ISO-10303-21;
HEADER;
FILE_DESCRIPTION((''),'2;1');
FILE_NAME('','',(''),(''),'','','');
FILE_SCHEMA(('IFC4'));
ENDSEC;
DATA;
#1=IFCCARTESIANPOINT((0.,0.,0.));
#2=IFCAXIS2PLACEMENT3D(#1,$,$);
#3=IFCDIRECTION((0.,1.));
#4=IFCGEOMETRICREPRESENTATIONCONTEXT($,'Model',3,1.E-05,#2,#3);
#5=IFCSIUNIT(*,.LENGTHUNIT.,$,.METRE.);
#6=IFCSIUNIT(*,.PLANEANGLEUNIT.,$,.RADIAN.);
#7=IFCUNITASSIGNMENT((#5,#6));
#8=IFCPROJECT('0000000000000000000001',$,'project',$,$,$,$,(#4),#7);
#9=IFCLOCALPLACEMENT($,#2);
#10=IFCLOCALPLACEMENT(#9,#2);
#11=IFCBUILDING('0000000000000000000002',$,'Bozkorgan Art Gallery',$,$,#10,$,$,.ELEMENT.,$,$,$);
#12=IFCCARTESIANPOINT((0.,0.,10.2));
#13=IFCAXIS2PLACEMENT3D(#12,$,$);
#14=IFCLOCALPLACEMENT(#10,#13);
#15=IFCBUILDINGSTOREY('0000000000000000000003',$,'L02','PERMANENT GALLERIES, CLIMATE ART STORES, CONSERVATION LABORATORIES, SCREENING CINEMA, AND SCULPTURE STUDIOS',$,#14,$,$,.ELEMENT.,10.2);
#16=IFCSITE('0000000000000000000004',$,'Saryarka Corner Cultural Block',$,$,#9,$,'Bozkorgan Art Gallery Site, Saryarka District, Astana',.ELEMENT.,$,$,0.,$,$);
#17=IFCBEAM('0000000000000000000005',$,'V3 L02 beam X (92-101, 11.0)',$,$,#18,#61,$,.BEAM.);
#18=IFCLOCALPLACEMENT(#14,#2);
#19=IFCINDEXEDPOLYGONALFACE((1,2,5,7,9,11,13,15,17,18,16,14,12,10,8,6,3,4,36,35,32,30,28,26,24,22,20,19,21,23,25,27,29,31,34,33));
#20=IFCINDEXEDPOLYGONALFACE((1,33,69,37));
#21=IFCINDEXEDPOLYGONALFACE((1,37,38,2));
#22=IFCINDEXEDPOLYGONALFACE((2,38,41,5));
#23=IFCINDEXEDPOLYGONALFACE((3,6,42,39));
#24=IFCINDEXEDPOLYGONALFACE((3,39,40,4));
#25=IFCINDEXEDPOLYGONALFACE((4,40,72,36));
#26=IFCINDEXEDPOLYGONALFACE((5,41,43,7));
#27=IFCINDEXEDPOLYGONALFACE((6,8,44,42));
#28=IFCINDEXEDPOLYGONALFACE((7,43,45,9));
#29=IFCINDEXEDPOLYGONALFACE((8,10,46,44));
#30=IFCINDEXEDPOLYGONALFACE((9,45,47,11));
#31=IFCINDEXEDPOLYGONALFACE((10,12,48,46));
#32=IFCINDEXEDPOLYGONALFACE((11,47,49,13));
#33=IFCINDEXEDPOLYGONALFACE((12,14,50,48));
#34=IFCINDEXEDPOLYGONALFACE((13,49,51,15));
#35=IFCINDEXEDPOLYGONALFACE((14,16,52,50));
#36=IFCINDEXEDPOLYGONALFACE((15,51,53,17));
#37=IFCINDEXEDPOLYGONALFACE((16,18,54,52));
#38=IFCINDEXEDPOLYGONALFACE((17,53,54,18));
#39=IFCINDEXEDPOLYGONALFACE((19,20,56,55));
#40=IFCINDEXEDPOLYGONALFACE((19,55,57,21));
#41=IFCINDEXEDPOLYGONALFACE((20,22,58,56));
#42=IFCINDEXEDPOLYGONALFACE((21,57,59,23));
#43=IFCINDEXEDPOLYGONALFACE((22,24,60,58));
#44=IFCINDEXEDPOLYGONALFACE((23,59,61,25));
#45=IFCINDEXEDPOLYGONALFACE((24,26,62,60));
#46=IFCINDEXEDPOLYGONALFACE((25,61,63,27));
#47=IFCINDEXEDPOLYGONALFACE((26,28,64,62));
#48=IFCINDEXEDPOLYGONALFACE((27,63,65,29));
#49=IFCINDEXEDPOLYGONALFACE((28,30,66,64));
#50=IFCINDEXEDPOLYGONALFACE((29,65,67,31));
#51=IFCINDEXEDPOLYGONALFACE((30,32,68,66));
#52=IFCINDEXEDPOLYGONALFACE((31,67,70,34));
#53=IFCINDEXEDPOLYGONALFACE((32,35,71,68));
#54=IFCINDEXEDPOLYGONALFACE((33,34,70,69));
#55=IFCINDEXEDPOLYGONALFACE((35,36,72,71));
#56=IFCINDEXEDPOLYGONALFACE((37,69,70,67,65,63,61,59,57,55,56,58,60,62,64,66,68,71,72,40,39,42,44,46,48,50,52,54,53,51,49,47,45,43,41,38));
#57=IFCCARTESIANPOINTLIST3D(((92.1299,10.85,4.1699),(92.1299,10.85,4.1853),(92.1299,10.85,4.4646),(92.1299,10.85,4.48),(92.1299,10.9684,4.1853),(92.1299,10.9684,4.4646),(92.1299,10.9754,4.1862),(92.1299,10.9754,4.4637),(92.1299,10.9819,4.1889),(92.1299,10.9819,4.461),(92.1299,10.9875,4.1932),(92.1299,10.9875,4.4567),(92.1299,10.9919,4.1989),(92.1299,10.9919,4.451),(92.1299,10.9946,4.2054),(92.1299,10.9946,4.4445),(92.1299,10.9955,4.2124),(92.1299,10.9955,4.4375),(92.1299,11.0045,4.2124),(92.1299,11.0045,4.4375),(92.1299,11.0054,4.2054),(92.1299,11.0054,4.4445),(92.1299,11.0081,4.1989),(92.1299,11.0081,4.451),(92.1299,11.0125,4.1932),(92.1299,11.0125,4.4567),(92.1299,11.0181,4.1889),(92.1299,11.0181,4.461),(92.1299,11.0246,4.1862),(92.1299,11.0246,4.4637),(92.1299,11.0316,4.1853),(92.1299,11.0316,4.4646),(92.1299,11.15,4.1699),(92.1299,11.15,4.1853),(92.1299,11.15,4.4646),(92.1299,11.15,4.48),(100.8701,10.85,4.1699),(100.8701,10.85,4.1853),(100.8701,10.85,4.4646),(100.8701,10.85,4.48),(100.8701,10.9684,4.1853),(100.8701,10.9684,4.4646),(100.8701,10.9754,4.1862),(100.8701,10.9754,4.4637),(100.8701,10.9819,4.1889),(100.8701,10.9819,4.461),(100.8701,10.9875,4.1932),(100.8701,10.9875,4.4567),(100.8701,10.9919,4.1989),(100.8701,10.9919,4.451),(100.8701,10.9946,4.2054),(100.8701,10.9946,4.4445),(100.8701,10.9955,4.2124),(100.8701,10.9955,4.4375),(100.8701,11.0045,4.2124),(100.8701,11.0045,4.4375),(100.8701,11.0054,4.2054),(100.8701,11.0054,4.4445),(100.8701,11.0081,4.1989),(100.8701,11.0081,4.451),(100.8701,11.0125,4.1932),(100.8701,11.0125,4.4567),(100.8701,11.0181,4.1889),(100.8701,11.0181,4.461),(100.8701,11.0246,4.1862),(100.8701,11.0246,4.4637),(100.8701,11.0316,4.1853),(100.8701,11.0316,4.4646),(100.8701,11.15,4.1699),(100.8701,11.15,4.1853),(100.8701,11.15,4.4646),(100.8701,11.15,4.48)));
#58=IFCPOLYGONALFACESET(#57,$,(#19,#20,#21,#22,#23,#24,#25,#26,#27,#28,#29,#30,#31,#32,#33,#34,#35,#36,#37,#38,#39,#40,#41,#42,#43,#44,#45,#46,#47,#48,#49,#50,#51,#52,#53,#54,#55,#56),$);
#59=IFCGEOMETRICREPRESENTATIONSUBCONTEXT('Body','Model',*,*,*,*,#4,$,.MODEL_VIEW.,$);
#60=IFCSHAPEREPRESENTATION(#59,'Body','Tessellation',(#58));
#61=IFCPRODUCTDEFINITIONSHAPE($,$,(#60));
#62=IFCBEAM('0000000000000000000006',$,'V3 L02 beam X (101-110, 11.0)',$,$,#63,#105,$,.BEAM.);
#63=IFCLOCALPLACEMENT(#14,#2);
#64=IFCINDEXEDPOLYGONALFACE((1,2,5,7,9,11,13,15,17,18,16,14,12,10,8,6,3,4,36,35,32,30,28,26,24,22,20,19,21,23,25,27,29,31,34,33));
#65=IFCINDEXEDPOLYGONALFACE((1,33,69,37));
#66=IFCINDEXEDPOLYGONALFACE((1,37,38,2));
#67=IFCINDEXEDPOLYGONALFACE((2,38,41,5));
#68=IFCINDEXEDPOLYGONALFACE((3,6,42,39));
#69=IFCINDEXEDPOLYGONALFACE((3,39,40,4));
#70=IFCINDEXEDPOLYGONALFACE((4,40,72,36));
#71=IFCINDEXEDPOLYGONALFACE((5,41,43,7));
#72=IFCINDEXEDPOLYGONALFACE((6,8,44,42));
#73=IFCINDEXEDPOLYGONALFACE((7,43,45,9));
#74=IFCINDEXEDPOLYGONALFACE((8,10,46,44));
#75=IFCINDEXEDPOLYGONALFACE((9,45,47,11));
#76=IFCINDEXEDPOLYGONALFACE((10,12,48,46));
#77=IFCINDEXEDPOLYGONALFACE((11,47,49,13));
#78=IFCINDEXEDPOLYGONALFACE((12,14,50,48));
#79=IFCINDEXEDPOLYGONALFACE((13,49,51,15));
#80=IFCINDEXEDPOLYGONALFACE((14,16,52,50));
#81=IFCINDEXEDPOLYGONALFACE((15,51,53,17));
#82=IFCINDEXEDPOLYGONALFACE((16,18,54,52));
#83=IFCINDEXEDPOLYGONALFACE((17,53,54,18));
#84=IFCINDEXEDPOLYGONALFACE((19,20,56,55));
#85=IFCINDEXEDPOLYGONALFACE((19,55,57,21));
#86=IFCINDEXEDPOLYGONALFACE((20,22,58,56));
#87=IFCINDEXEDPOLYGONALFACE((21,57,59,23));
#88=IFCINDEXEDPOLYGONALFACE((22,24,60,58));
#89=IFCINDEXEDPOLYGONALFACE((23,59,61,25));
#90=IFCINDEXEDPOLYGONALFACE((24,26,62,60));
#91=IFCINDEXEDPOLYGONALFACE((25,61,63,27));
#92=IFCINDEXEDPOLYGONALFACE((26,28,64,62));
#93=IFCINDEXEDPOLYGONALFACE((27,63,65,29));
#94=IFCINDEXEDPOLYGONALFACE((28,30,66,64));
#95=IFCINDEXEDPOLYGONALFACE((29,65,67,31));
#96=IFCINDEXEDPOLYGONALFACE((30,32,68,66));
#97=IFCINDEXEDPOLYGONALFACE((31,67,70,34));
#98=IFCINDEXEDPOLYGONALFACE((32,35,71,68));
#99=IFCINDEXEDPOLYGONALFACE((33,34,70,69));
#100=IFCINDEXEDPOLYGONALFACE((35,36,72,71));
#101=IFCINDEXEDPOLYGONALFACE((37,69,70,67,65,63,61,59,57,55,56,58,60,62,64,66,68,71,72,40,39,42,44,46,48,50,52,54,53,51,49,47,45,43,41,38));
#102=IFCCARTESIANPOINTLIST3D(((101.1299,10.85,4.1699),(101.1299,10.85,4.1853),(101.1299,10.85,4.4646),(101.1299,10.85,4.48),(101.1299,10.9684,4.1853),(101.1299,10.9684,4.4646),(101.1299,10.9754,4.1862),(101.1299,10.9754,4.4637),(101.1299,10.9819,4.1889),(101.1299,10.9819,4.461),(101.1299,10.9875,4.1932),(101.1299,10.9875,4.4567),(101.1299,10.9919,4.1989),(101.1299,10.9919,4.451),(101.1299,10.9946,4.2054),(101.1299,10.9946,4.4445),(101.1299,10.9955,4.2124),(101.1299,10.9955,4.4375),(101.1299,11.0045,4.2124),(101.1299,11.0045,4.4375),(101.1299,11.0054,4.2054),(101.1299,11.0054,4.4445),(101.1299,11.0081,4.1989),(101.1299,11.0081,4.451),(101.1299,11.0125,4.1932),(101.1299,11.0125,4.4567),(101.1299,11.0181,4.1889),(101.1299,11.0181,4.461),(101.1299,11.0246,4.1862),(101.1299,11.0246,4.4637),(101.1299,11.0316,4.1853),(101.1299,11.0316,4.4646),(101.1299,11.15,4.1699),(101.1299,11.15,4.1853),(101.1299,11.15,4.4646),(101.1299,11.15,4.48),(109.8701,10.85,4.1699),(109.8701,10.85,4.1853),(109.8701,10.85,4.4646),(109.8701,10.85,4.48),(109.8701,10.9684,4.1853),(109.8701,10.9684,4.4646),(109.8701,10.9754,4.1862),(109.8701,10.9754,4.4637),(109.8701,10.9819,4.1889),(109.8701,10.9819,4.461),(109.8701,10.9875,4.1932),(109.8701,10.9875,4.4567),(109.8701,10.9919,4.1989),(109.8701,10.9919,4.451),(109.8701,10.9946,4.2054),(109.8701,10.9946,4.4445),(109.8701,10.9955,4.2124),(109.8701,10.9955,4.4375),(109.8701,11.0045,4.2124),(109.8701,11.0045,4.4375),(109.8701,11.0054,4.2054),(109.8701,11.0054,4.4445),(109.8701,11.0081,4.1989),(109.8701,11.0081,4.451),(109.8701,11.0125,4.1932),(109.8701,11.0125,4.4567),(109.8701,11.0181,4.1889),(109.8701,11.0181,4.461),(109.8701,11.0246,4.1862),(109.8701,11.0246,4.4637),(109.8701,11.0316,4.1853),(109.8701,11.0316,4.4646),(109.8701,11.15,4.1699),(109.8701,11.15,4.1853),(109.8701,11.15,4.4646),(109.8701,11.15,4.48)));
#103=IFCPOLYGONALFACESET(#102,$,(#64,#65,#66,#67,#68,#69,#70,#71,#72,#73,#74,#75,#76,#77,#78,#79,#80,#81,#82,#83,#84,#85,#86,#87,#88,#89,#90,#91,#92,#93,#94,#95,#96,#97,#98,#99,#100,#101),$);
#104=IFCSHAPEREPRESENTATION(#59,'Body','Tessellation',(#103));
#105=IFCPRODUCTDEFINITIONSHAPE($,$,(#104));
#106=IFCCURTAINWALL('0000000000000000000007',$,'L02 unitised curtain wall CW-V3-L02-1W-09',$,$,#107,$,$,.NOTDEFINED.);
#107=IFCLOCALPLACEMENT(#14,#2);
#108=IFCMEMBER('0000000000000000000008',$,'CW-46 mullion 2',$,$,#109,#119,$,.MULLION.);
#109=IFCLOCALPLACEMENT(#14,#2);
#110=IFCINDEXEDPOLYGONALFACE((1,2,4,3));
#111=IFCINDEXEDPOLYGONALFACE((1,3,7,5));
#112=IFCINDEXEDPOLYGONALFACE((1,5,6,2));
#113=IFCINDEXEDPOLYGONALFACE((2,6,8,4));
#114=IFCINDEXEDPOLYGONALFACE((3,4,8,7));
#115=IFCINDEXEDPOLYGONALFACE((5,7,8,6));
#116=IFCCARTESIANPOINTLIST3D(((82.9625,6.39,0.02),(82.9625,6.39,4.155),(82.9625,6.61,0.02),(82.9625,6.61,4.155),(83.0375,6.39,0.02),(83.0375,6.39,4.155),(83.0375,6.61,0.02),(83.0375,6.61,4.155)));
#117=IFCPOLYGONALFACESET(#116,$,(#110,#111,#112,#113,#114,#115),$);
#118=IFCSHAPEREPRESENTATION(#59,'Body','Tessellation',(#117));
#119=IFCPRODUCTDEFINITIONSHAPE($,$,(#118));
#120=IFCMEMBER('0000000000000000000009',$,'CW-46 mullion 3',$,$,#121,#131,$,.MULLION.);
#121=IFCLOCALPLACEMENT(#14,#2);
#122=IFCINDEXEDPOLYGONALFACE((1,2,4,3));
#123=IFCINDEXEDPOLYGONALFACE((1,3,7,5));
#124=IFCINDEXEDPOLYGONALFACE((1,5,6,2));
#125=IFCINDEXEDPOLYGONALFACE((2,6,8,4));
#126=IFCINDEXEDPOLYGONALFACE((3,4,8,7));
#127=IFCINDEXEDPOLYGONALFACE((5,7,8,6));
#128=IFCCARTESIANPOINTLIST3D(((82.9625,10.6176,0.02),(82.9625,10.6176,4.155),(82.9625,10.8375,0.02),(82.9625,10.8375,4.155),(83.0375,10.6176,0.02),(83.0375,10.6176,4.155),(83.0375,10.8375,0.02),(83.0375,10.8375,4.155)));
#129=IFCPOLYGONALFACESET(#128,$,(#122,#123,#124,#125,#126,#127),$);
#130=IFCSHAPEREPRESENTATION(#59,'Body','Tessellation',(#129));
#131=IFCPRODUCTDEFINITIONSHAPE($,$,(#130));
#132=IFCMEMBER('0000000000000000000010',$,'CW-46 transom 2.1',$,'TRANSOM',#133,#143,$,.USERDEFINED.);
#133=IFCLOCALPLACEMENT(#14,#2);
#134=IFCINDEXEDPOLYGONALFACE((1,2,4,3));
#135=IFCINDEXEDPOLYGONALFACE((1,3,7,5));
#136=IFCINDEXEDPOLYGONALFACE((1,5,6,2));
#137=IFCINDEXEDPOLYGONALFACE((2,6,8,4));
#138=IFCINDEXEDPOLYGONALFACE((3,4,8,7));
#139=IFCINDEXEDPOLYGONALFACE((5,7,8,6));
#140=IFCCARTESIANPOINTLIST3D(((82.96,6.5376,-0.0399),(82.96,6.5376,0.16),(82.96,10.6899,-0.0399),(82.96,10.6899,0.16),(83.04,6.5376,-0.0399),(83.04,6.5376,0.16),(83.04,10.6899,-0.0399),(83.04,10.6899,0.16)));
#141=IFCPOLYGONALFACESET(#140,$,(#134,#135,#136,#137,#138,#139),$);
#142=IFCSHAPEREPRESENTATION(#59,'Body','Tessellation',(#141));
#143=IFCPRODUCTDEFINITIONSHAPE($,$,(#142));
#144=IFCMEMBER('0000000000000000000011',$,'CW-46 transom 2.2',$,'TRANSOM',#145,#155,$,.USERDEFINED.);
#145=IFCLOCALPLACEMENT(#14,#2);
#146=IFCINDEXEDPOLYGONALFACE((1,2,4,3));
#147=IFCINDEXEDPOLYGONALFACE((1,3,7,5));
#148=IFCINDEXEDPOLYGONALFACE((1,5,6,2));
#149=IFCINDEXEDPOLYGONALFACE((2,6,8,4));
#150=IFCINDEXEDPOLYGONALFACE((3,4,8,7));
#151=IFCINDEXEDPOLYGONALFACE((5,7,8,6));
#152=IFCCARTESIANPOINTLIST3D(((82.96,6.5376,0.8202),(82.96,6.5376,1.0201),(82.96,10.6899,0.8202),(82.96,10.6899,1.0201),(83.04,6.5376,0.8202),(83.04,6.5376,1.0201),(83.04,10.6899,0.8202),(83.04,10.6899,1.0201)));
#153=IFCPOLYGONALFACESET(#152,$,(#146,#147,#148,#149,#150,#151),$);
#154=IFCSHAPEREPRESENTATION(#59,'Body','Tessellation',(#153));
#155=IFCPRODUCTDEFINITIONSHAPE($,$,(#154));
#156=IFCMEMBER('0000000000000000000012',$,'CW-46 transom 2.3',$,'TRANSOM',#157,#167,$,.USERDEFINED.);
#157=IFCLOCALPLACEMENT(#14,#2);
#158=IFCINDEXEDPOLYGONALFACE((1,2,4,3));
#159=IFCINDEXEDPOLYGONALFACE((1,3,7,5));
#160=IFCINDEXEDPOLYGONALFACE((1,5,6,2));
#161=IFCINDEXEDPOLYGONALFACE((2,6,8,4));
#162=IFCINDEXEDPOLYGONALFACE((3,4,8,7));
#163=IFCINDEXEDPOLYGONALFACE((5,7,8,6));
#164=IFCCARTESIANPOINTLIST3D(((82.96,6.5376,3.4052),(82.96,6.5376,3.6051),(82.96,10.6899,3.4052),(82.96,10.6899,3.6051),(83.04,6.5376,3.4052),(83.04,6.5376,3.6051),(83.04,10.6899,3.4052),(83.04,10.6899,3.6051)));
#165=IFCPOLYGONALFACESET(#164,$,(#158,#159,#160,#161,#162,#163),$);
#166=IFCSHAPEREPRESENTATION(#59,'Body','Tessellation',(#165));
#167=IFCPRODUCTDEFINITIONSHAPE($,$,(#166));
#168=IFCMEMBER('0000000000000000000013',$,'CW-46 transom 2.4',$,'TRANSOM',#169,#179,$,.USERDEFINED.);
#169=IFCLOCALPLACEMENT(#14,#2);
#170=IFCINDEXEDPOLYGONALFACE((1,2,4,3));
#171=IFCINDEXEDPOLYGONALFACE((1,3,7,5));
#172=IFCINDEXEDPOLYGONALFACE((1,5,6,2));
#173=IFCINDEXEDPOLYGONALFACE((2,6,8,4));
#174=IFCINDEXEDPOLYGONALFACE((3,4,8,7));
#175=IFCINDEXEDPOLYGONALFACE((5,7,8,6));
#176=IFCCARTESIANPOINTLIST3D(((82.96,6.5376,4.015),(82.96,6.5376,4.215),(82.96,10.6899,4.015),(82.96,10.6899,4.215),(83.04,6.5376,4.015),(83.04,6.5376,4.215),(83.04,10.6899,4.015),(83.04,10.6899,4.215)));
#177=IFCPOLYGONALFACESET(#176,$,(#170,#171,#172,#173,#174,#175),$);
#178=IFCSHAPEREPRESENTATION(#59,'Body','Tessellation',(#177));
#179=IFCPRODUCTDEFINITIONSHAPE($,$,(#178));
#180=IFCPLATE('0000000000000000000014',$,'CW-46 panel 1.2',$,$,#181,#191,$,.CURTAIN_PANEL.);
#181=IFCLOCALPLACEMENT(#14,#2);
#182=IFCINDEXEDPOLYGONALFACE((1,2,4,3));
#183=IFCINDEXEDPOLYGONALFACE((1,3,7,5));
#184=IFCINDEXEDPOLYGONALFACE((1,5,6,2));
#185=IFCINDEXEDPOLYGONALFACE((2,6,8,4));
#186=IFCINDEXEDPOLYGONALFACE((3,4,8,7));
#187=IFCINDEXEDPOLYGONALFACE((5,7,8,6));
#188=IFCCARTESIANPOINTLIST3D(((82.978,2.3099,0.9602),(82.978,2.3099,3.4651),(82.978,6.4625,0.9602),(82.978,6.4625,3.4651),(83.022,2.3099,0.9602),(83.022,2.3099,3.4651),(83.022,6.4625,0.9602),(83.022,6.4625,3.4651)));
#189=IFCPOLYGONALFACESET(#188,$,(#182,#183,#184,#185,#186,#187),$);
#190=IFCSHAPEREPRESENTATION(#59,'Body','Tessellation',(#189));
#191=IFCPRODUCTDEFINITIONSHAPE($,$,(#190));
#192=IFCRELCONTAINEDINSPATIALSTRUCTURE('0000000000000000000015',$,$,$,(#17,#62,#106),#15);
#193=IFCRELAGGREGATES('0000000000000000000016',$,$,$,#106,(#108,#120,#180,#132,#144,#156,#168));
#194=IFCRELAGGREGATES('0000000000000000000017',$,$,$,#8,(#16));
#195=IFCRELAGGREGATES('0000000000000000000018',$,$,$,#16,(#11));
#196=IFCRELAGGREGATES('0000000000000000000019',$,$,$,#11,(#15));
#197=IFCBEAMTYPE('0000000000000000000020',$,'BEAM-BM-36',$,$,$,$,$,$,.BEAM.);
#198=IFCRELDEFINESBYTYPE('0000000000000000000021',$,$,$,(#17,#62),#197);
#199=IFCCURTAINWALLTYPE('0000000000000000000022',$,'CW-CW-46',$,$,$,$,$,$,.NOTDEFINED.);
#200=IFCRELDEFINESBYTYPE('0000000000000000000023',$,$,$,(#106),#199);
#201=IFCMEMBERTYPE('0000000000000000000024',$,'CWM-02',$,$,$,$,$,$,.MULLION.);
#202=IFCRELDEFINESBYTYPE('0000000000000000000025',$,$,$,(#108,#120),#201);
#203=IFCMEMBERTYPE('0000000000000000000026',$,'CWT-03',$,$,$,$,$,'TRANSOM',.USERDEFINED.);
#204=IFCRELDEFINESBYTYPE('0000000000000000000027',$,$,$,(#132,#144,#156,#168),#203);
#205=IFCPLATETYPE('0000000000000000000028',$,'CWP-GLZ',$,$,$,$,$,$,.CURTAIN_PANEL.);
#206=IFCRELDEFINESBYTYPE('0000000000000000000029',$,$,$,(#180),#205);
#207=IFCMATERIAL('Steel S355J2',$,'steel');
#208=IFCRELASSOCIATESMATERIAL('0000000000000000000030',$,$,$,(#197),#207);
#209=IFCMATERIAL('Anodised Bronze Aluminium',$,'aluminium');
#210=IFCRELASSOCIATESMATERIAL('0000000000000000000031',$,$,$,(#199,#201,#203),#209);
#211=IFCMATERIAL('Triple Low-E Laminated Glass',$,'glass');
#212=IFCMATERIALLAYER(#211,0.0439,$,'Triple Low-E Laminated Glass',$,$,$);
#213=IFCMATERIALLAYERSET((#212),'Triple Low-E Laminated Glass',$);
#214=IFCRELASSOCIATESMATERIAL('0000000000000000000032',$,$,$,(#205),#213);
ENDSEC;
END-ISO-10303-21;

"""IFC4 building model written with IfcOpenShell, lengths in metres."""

from ifc_helpers import new_model, si_unit, direction, frame, origin, origin_2d, place, context, subcontext, project, spatial, rectangle, i_section, extrude, material, layer, layer_set, material_profile, profile_set, type_object, element, aggregate, save


model = new_model("IFC4")

# Units and contexts
model_context = context("Model", 3, precision=1e-05, world=origin(), true_north=direction((0.0, 1.0)))
body_context = subcontext(model_context, "Body", "Model", "MODEL_VIEW")
ifc_project = project(units=[si_unit("LENGTHUNIT", "METRE"), si_unit("PLANEANGLEUNIT", "RADIAN")], contexts=[model_context])

# Site, building, storey
site_placement = place(None, origin())
site = spatial("IfcSite", under=ifc_project, at=site_placement, Name="Saryarka Corner Cultural Block", LongName="Bozkorgan Art Gallery Site, Saryarka District, Astana", CompositionType="ELEMENT", RefElevation=0.0)
building_placement = place(site_placement, origin())
building = spatial("IfcBuilding", under=site, at=building_placement, Name="Bozkorgan Art Gallery", CompositionType="ELEMENT")
storey_placement = place(building_placement, frame((0.0, 0.0, 10.2)))
storey = spatial("IfcBuildingStorey", under=building, at=storey_placement, Name="L02", Description="PERMANENT GALLERIES, CLIMATE ART STORES, CONSERVATION LABORATORIES, SCREENING CINEMA, AND SCULPTURE STUDIOS", CompositionType="ELEMENT", Elevation=10.2)

# Shared definitions
ifc_material_1 = material(Name="Steel S355J2", Category="steel")

# Beams
ifc_material_profile_1 = material_profile(ifc_material_1, i_section(OverallWidth=0.3, OverallDepth=0.3101, WebThickness=0.009, FlangeThickness=0.0154, FilletRadius=0.0271, at=origin_2d()), Name="HEA 320")
ifc_profile_set_1 = profile_set([ifc_material_profile_1], Name="Steel S355J2")
beam_type = type_object("IfcBeamType", Name="BEAM-BM-36", PredefinedType="BEAM", material=ifc_profile_set_1)
for number, where, z_axis, x_axis, name in (
    (1, (92.1299, 11.0, 4.325), (1.0, 0.0, 0.0), (0.0, 1.0, 0.0), "V3 L02 beam X (92-101, 11.0)"),
    (2, (101.1299, 11.0, 4.325), (1.0, 0.0, 0.0), (0.0, 1.0, 0.0), "V3 L02 beam X (101-110, 11.0)"),
):
    element("IfcBeam", number, at=place(storey_placement, frame(where, z_axis=z_axis, x_axis=x_axis)), inside=storey, type_object=beam_type, Name=name, PredefinedType="BEAM", context=body_context, shape_type="SweptSolid", body=[
        extrude(i_section(OverallWidth=0.3, OverallDepth=0.3101, WebThickness=0.009, FlangeThickness=0.0154, FilletRadius=0.0271, at=origin_2d()), origin(), (0.0, 0.0, 1.0), 8.7402),
    ])

# Curtain wall, members, plate
ifc_material_2 = material(Name="Anodised Bronze Aluminium", Category="aluminium")
curtain_wall_type = type_object("IfcCurtainWallType", Name="CW-CW-46", PredefinedType="NOTDEFINED", material=ifc_material_2)
curtain_wall_placement = place(storey_placement, origin())
curtain_wall = element("IfcCurtainWall", 3, at=curtain_wall_placement, inside=storey, type_object=curtain_wall_type, Name="L02 unitised curtain wall CW-V3-L02-1W-09", PredefinedType="NOTDEFINED")
ifc_material_profile_2 = material_profile(ifc_material_2, rectangle(XDim=0.075, YDim=0.22, at=origin_2d()), Name="ALU MULLION 75x220")
ifc_profile_set_2 = profile_set([ifc_material_profile_2], Name="Anodised Bronze Aluminium")
member_type_1 = type_object("IfcMemberType", Name="CWM-02", PredefinedType="MULLION", material=ifc_profile_set_2)
member_1_placement = place(storey_placement, frame((83.0, 6.5, 0.02), z_axis=(0.0, 0.0, 1.0), x_axis=(-1.0, 0.0, 0.0)))
member_1 = element("IfcMember", 4, at=member_1_placement, type_object=member_type_1, Name="CW-46 mullion 2", PredefinedType="MULLION", context=body_context, shape_type="SweptSolid", body=[
    extrude(rectangle(XDim=0.075, YDim=0.22, at=origin_2d()), origin(), (0.0, 0.0, 1.0), 4.135),
])
member_2_placement = place(storey_placement, frame((83.0, 10.7275, 0.02), z_axis=(0.0, 0.0, 1.0), x_axis=(-1.0, 0.0, 0.0)))
member_2 = element("IfcMember", 5, at=member_2_placement, type_object=member_type_1, Name="CW-46 mullion 3", PredefinedType="MULLION", context=body_context, shape_type="SweptSolid", body=[
    extrude(rectangle(XDim=0.075, YDim=0.22, at=origin_2d()), origin(), (0.0, 0.0, 1.0), 4.135),
])
ifc_material_profile_3 = material_profile(ifc_material_2, rectangle(XDim=0.0801, YDim=0.2, at=origin_2d()), Name="ALU TRANSOM 80x200")
ifc_profile_set_3 = profile_set([ifc_material_profile_3], Name="Anodised Bronze Aluminium")
member_type_2 = type_object("IfcMemberType", Name="CWT-03", ElementType="TRANSOM", PredefinedType="USERDEFINED", material=ifc_profile_set_3)
member_3_placement = place(storey_placement, frame((83.0, 6.5376, 0.0601), z_axis=(0.0, 1.0, 0.0), x_axis=(-1.0, 0.0, 0.0)))
member_3 = element("IfcMember", 6, at=member_3_placement, type_object=member_type_2, Name="CW-46 transom 2.1", ObjectType="TRANSOM", PredefinedType="USERDEFINED", context=body_context, shape_type="SweptSolid", body=[
    extrude(rectangle(XDim=0.0801, YDim=0.2, at=origin_2d()), origin(), (0.0, 0.0, 1.0), 4.1523),
])
member_4_placement = place(storey_placement, frame((83.0, 6.5376, 0.9202), z_axis=(0.0, 1.0, 0.0), x_axis=(-1.0, 0.0, 0.0)))
member_4 = element("IfcMember", 7, at=member_4_placement, type_object=member_type_2, Name="CW-46 transom 2.2", ObjectType="TRANSOM", PredefinedType="USERDEFINED", context=body_context, shape_type="SweptSolid", body=[
    extrude(rectangle(XDim=0.0801, YDim=0.2, at=origin_2d()), origin(), (0.0, 0.0, 1.0), 4.1523),
])
member_5_placement = place(storey_placement, frame((83.0, 6.5376, 3.5051), z_axis=(0.0, 1.0, 0.0), x_axis=(-1.0, 0.0, 0.0)))
member_5 = element("IfcMember", 8, at=member_5_placement, type_object=member_type_2, Name="CW-46 transom 2.3", ObjectType="TRANSOM", PredefinedType="USERDEFINED", context=body_context, shape_type="SweptSolid", body=[
    extrude(rectangle(XDim=0.0801, YDim=0.2, at=origin_2d()), origin(), (0.0, 0.0, 1.0), 4.1523),
])
member_6_placement = place(storey_placement, frame((83.0, 6.5376, 4.115), z_axis=(0.0, 1.0, 0.0), x_axis=(-1.0, 0.0, 0.0)))
member_6 = element("IfcMember", 9, at=member_6_placement, type_object=member_type_2, Name="CW-46 transom 2.4", ObjectType="TRANSOM", PredefinedType="USERDEFINED", context=body_context, shape_type="SweptSolid", body=[
    extrude(rectangle(XDim=0.0801, YDim=0.2, at=origin_2d()), origin(), (0.0, 0.0, 1.0), 4.1523),
])
ifc_material_3 = material(Name="Triple Low-E Laminated Glass", Category="glass")
ifc_layer_1 = layer(ifc_material_3, 0.0439, Name="Triple Low-E Laminated Glass")
ifc_layer_set_1 = layer_set([ifc_layer_1], Name="Triple Low-E Laminated Glass")
plate_type_1 = type_object("IfcPlateType", Name="CWP-GLZ", PredefinedType="CURTAIN_PANEL", material=ifc_layer_set_1)
plate_1_placement = place(storey_placement, frame((83.0, 4.3862, 0.9602), z_axis=(0.0, 0.0, 1.0), x_axis=(0.0, 1.0, 0.0)))
plate_1 = element("IfcPlate", 10, at=plate_1_placement, type_object=plate_type_1, Name="CW-46 panel 1.2", PredefinedType="CURTAIN_PANEL", context=body_context, shape_type="SweptSolid", body=[
    extrude(rectangle(XDim=4.1526, YDim=0.0439, at=origin_2d()), origin(), (0.0, 0.0, 1.0), 2.5049),
])
aggregate(curtain_wall, [member_1, member_2, plate_1, member_3, member_4, member_5, member_6])

save(model, "model.ifc")
